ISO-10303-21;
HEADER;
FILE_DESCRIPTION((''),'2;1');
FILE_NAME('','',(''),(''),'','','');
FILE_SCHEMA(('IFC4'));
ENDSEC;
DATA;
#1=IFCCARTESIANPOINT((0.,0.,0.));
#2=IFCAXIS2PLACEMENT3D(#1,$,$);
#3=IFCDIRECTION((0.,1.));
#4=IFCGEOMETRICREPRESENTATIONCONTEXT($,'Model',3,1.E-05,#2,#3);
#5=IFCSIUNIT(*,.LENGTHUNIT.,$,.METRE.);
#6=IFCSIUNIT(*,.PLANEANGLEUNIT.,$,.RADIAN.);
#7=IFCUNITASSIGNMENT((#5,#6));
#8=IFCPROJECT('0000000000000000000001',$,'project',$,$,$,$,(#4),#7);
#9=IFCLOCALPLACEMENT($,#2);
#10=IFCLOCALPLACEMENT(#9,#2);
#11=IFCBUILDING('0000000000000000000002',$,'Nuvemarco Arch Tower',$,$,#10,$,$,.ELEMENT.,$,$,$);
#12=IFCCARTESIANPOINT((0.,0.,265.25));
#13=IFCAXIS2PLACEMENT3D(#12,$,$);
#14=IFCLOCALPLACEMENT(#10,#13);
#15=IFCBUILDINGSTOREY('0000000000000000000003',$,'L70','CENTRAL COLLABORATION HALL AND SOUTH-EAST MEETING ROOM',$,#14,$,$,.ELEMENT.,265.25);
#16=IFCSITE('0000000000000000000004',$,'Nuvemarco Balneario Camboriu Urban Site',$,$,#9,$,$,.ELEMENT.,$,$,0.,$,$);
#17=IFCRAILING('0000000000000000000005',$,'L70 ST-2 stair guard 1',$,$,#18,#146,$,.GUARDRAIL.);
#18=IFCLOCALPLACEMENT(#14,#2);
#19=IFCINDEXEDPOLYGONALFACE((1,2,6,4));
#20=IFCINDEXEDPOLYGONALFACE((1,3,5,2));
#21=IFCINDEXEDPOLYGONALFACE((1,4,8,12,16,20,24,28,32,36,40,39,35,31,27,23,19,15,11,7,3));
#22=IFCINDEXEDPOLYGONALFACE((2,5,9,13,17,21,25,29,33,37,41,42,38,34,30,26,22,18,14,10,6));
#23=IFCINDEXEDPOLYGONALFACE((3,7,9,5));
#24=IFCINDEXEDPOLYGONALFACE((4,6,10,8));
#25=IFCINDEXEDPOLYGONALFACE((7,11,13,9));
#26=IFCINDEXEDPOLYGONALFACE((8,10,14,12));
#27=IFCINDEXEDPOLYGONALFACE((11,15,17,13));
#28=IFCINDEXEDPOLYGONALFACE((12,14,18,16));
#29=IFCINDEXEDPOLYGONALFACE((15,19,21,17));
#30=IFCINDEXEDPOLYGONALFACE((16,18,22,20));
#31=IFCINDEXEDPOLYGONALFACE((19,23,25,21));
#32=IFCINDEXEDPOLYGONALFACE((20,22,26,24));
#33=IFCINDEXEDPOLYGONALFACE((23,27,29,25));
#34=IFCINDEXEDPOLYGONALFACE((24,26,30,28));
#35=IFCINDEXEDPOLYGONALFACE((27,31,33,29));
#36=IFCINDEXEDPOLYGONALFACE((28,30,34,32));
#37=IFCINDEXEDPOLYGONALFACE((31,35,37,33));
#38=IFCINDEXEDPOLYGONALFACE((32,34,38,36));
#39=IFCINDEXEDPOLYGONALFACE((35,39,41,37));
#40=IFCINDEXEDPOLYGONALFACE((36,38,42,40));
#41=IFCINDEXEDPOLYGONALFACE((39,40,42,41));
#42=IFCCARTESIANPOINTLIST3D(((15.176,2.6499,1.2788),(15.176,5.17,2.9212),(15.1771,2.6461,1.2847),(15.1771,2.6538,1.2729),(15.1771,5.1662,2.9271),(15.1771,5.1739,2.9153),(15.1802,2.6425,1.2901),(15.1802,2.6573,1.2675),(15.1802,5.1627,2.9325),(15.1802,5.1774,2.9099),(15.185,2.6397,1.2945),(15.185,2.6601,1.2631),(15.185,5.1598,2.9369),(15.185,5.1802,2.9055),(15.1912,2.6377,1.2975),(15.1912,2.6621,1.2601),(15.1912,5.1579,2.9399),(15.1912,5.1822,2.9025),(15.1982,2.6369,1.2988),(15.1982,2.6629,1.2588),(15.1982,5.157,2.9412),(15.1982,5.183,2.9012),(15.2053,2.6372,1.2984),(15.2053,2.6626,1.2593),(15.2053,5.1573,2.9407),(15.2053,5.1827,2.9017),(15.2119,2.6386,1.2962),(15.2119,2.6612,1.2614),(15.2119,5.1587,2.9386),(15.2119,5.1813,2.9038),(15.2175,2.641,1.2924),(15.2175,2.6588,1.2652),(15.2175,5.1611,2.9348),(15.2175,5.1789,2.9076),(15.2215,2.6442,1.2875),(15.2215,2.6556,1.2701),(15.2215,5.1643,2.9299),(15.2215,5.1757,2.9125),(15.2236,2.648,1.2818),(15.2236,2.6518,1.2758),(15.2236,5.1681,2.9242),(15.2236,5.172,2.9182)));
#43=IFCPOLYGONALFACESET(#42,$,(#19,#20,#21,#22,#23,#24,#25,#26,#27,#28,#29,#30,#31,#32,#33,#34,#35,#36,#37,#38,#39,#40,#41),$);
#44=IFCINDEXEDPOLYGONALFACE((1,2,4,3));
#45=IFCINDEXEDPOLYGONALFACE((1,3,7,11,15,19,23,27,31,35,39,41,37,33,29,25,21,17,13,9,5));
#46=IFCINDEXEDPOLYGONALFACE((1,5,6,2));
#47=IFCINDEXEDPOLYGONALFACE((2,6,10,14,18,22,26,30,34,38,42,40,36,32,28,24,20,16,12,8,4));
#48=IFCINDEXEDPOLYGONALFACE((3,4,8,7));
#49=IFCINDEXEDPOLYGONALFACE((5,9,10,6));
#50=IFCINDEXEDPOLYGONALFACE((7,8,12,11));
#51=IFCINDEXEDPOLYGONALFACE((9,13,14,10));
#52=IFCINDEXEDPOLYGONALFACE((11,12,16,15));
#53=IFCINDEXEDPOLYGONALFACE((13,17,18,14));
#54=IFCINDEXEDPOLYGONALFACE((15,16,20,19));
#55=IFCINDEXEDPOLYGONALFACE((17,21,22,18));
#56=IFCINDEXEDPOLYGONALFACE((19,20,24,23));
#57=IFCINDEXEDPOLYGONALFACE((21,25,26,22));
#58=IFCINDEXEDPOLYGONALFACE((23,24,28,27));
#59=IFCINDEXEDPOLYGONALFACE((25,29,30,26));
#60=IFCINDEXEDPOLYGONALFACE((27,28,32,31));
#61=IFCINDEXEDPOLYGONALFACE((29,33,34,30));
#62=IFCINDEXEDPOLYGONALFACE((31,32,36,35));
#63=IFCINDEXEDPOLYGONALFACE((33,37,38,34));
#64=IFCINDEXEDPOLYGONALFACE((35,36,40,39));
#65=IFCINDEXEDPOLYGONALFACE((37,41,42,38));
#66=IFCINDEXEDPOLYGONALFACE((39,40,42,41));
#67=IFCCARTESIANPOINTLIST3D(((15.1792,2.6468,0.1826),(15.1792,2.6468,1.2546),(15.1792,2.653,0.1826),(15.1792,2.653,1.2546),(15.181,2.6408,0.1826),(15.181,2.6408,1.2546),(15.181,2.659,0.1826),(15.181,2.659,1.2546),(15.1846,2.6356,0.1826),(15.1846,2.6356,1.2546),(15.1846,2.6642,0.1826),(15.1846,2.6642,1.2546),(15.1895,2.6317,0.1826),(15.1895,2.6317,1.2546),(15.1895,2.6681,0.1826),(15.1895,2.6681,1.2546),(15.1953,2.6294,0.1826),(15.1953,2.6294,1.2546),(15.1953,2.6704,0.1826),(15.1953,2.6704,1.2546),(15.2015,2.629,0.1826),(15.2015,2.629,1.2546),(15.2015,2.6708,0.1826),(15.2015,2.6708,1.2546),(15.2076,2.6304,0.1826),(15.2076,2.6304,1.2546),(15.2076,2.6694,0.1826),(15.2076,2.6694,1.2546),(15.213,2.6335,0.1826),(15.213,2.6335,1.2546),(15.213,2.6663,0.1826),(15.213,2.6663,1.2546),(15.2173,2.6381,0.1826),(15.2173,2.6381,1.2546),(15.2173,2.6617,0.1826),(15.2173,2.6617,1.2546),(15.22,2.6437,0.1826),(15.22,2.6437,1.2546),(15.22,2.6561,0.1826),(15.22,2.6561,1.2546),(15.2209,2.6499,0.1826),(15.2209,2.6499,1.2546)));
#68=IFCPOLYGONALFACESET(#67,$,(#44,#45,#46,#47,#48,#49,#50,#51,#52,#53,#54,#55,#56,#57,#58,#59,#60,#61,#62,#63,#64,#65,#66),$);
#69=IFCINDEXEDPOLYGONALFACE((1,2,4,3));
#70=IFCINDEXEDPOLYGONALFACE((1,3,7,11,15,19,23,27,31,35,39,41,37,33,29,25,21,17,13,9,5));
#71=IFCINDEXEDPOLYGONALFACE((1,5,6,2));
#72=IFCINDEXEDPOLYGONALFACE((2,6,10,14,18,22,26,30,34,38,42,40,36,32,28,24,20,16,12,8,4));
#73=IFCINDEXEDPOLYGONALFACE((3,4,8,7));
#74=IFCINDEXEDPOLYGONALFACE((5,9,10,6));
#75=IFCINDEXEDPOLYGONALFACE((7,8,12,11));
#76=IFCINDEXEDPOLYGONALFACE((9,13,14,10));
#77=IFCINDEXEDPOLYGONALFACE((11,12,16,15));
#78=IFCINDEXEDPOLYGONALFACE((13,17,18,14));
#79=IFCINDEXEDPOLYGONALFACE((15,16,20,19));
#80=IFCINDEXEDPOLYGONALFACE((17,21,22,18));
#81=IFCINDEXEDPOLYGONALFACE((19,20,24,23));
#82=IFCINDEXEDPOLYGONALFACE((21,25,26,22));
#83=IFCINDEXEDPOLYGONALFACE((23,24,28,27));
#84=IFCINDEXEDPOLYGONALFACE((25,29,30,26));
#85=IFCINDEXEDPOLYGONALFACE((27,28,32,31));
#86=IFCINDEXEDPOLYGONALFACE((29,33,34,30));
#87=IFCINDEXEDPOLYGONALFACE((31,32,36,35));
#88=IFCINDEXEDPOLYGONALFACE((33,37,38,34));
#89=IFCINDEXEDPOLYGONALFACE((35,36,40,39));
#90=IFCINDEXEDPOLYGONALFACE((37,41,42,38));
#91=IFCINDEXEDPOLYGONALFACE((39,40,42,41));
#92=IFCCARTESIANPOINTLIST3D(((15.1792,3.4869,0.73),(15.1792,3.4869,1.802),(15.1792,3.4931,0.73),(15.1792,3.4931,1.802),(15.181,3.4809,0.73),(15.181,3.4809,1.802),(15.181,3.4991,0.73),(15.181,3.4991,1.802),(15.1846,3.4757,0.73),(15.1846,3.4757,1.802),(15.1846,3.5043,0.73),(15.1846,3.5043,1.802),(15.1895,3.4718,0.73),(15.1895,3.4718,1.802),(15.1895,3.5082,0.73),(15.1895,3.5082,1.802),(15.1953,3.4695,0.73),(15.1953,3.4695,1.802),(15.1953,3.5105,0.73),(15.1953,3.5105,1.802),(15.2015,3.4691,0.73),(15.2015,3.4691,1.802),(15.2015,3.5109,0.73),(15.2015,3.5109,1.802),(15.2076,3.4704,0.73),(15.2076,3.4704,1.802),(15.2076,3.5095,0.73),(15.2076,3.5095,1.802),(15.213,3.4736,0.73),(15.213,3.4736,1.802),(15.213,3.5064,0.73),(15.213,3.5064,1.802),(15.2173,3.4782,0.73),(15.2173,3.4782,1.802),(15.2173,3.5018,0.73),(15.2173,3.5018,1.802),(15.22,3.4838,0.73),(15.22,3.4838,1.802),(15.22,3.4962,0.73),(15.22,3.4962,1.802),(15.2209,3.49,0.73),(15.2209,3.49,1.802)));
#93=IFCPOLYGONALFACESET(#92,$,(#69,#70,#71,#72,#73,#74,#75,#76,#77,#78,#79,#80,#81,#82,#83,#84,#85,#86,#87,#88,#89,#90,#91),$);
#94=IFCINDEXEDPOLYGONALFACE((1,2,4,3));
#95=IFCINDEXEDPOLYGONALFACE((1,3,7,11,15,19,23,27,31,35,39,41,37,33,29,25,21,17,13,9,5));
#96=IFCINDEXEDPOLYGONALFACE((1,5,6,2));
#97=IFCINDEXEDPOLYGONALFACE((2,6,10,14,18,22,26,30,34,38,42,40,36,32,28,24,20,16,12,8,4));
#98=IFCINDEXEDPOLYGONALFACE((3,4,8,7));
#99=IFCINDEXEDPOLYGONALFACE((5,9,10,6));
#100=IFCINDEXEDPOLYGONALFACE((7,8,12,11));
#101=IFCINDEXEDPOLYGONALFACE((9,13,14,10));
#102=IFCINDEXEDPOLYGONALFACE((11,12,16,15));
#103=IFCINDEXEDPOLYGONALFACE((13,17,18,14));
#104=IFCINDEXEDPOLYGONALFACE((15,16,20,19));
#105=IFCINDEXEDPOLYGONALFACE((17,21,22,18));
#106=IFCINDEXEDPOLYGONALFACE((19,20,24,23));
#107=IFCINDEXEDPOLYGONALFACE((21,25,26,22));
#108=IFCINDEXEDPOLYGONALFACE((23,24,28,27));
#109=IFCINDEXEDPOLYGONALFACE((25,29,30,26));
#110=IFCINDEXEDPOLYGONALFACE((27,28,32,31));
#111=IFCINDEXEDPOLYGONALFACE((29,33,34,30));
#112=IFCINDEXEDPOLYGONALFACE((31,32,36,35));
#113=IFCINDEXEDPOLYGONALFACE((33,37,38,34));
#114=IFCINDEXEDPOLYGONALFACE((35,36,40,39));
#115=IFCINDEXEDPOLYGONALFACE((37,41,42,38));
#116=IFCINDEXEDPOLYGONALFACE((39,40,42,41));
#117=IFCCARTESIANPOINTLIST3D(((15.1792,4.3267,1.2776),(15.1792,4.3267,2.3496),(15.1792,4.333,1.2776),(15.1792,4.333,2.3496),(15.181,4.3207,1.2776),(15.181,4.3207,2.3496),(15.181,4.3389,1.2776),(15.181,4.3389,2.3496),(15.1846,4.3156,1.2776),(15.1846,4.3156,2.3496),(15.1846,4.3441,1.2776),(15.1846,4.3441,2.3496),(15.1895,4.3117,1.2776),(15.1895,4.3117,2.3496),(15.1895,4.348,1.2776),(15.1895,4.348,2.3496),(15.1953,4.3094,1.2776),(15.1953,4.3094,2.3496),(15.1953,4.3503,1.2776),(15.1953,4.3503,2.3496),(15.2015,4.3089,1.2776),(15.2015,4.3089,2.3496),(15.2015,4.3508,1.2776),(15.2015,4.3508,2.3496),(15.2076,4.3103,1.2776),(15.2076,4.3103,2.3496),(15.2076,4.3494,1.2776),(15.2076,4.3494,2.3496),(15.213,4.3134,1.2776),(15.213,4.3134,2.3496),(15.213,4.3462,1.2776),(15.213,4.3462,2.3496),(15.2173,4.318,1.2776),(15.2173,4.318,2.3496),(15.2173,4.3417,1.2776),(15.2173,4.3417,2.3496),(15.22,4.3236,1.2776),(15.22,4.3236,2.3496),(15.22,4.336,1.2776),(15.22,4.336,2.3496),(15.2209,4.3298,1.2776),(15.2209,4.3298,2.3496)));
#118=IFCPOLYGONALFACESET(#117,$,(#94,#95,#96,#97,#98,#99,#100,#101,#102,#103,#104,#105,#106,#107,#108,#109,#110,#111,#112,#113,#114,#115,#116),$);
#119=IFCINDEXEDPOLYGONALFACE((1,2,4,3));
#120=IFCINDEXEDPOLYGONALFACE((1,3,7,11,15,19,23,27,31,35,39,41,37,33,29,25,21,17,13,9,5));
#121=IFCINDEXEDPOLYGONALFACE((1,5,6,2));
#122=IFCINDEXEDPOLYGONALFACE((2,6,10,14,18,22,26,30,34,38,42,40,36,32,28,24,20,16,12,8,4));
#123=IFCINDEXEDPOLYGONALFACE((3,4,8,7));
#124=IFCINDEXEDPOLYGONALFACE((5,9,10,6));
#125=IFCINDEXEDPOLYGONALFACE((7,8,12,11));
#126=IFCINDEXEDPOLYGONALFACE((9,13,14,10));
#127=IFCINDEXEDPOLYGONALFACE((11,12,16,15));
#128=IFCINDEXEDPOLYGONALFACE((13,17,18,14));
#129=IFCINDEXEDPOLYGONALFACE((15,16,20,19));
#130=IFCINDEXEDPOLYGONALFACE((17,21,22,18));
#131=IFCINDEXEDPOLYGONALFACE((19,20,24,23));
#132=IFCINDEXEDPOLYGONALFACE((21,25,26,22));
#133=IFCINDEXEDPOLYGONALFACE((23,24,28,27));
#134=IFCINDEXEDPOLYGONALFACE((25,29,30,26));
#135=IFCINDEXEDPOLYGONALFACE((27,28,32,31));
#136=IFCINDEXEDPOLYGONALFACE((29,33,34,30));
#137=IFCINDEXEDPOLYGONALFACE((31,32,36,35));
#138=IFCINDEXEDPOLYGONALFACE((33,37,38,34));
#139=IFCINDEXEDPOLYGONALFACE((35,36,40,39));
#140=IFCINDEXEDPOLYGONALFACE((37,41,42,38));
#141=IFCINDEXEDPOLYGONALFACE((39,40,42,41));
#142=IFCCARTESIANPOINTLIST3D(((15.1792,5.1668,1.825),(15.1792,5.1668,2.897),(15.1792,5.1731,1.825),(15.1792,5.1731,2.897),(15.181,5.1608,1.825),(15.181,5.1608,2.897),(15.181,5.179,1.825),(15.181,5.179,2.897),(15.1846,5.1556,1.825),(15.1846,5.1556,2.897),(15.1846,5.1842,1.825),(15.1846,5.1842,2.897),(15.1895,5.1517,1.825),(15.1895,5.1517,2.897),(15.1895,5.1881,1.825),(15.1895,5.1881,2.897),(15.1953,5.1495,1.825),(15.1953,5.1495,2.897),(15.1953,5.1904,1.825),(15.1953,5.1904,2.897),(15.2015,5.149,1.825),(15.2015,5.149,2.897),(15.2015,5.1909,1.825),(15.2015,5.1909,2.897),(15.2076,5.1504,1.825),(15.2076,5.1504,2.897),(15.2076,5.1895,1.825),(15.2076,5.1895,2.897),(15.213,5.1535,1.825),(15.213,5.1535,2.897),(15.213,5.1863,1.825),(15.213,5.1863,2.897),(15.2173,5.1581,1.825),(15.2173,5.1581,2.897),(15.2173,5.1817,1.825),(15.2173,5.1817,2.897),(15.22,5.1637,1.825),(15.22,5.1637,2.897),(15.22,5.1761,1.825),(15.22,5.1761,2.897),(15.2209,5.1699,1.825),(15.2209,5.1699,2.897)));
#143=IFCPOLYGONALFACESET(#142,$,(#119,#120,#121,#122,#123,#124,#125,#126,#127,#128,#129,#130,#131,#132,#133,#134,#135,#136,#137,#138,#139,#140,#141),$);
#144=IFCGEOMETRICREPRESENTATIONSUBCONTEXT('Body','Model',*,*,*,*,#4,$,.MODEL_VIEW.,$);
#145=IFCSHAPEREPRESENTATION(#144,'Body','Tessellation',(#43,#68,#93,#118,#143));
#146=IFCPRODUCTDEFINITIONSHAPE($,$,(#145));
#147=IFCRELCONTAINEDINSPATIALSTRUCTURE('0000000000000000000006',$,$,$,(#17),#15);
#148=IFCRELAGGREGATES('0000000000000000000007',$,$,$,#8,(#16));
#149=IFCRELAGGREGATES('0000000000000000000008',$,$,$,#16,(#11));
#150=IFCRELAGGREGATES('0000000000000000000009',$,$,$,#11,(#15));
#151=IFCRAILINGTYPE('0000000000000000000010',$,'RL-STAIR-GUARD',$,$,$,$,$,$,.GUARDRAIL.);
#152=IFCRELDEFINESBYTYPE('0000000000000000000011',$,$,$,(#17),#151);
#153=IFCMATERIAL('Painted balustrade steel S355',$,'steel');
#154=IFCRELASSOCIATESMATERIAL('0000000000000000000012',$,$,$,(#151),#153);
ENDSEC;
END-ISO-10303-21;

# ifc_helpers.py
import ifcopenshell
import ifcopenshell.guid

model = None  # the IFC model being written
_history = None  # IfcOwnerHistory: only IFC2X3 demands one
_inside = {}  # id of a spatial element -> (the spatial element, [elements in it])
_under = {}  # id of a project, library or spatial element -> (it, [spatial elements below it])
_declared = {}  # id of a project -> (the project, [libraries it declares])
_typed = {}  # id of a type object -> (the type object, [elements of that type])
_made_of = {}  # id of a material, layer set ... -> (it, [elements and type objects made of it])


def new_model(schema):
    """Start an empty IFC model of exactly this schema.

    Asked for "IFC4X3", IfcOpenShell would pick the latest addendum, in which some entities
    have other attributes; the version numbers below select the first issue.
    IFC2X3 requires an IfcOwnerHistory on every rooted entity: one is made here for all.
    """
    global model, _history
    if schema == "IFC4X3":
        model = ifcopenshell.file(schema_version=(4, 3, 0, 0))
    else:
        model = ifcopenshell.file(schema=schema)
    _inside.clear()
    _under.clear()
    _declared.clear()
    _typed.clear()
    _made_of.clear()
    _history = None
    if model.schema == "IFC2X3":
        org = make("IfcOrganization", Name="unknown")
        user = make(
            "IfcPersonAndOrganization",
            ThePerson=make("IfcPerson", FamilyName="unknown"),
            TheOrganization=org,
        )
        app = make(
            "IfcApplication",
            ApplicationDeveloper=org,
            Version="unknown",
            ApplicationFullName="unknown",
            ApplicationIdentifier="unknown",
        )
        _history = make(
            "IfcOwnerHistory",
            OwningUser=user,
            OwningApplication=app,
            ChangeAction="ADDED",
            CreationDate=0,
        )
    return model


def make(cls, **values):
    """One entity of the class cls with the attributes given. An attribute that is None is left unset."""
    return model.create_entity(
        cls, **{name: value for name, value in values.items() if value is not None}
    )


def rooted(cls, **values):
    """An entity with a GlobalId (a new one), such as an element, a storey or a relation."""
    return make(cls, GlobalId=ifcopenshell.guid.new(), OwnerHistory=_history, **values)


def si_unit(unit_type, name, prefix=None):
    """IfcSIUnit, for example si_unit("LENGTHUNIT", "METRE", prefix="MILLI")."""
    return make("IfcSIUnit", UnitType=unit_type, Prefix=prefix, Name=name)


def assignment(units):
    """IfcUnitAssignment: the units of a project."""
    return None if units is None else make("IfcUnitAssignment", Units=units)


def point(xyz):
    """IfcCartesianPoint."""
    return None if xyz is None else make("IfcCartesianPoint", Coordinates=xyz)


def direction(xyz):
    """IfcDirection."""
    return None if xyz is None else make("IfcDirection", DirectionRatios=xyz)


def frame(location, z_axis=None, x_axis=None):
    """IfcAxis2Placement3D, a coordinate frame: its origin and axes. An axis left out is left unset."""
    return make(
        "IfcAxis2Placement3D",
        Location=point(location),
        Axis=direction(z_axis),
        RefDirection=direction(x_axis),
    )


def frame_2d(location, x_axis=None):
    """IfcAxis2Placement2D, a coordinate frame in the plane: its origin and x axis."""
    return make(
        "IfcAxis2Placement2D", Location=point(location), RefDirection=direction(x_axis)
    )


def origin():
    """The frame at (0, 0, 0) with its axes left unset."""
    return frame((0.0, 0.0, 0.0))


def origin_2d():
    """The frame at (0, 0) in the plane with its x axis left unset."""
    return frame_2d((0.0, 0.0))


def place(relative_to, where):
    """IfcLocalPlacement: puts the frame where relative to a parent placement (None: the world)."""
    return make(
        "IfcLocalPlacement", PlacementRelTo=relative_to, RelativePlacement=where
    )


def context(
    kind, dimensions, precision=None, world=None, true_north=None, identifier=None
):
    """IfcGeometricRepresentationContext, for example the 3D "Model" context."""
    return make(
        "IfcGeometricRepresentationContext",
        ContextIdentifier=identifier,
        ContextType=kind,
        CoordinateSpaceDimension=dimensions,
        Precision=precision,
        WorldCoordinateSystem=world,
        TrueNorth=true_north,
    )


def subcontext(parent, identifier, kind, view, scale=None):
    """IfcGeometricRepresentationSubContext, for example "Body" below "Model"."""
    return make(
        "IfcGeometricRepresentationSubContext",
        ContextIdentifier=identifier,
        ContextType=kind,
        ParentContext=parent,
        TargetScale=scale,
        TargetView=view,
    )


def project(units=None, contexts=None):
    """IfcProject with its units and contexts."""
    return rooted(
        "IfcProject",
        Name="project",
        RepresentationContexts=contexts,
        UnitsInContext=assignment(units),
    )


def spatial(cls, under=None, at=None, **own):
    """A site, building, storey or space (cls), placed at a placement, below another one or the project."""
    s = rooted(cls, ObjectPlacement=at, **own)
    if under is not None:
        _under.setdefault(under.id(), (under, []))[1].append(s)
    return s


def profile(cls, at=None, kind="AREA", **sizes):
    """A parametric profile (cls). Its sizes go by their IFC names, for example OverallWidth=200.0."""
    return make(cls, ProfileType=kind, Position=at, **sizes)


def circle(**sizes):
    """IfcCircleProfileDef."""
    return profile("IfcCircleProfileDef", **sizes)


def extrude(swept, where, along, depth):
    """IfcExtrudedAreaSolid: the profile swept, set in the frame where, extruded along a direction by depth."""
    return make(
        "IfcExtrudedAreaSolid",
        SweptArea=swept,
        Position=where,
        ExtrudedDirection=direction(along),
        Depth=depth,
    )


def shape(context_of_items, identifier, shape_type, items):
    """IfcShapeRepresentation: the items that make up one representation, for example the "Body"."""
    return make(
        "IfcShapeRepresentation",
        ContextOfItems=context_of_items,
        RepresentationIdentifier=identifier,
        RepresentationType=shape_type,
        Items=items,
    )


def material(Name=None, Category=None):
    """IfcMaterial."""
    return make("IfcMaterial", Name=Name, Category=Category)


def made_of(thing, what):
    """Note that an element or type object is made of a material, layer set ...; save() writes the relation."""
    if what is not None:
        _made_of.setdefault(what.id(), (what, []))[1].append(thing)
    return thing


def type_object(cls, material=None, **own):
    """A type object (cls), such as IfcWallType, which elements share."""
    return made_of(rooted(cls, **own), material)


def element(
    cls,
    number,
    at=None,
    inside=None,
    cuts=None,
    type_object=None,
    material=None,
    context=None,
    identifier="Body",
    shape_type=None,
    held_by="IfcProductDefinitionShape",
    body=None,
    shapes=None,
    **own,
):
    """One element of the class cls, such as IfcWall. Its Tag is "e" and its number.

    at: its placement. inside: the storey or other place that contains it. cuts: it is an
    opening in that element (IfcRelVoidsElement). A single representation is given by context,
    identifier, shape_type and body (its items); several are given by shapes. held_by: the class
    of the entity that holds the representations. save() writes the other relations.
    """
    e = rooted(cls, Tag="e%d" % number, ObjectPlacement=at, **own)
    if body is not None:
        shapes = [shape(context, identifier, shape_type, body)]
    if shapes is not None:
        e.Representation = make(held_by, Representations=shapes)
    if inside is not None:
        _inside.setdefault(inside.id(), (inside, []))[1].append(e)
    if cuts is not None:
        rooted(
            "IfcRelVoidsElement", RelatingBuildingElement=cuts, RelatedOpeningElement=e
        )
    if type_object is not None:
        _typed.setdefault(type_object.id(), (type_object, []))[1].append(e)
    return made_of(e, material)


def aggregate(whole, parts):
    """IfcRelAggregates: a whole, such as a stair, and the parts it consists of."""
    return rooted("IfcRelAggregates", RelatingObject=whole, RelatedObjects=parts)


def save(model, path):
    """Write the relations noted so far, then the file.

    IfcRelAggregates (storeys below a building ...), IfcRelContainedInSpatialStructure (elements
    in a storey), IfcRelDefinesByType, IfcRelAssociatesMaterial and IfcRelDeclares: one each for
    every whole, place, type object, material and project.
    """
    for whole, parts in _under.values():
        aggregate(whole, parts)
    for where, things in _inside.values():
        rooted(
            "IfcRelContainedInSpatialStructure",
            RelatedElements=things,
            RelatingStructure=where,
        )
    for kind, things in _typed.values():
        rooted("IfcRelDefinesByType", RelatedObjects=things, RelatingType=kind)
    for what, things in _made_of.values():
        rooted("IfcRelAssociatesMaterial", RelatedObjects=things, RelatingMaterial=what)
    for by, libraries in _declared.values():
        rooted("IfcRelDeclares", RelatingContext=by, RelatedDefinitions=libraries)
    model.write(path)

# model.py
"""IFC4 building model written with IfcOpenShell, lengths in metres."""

from ifc_helpers import new_model, si_unit, direction, frame, origin, origin_2d, place, context, subcontext, project, spatial, circle, extrude, material, type_object, element, save


model = new_model("IFC4")

# Units and contexts
model_context = context("Model", 3, precision=1e-05, world=origin(), true_north=direction((0.0, 1.0)))
body_context = subcontext(model_context, "Body", "Model", "MODEL_VIEW")
ifc_project = project(units=[si_unit("LENGTHUNIT", "METRE"), si_unit("PLANEANGLEUNIT", "RADIAN")], contexts=[model_context])

# Site, building, storey
site_placement = place(None, origin())
site = spatial("IfcSite", under=ifc_project, at=site_placement, Name="Nuvemarco Balneario Camboriu Urban Site", CompositionType="ELEMENT", RefElevation=0.0)
building_placement = place(site_placement, origin())
building = spatial("IfcBuilding", under=site, at=building_placement, Name="Nuvemarco Arch Tower", CompositionType="ELEMENT")
storey_placement = place(building_placement, frame((0.0, 0.0, 265.25)))
storey = spatial("IfcBuildingStorey", under=building, at=storey_placement, Name="L70", Description="CENTRAL COLLABORATION HALL AND SOUTH-EAST MEETING ROOM", CompositionType="ELEMENT", Elevation=265.25)

# Railing
ifc_material_1 = material(Name="Painted balustrade steel S355", Category="steel")
railing_type_1 = type_object("IfcRailingType", Name="RL-STAIR-GUARD", PredefinedType="GUARDRAIL", material=ifc_material_1)
railing_1_placement = place(storey_placement, frame((15.2, 2.6499, 0.1826)))
element("IfcRailing", 1, at=railing_1_placement, inside=storey, type_object=railing_type_1, Name="L70 ST-2 stair guard 1", PredefinedType="GUARDRAIL", context=body_context, shape_type="SweptSolid", body=[
    extrude(circle(Radius=0.0239, at=origin_2d()), frame((0.0, 0.0, 1.0962), z_axis=(0.0, 0.837787, 0.545998), x_axis=(-1.0, 0.0, 0.0)), (0.0, 0.0, 1.0), 3.0081),
    extrude(circle(Radius=0.021, at=origin_2d()), origin(), (0.0, 0.0, 1.0), 1.072),
    extrude(circle(Radius=0.021, at=origin_2d()), frame((0.0, 0.8401, 0.5474)), (0.0, 0.0, 1.0), 1.072),
    extrude(circle(Radius=0.021, at=origin_2d()), frame((0.0, 1.6799, 1.095)), (0.0, 0.0, 1.0), 1.072),
    extrude(circle(Radius=0.021, at=origin_2d()), frame((0.0, 2.52, 1.6423)), (0.0, 0.0, 1.0), 1.072),
])

save(model, "model.ifc")
